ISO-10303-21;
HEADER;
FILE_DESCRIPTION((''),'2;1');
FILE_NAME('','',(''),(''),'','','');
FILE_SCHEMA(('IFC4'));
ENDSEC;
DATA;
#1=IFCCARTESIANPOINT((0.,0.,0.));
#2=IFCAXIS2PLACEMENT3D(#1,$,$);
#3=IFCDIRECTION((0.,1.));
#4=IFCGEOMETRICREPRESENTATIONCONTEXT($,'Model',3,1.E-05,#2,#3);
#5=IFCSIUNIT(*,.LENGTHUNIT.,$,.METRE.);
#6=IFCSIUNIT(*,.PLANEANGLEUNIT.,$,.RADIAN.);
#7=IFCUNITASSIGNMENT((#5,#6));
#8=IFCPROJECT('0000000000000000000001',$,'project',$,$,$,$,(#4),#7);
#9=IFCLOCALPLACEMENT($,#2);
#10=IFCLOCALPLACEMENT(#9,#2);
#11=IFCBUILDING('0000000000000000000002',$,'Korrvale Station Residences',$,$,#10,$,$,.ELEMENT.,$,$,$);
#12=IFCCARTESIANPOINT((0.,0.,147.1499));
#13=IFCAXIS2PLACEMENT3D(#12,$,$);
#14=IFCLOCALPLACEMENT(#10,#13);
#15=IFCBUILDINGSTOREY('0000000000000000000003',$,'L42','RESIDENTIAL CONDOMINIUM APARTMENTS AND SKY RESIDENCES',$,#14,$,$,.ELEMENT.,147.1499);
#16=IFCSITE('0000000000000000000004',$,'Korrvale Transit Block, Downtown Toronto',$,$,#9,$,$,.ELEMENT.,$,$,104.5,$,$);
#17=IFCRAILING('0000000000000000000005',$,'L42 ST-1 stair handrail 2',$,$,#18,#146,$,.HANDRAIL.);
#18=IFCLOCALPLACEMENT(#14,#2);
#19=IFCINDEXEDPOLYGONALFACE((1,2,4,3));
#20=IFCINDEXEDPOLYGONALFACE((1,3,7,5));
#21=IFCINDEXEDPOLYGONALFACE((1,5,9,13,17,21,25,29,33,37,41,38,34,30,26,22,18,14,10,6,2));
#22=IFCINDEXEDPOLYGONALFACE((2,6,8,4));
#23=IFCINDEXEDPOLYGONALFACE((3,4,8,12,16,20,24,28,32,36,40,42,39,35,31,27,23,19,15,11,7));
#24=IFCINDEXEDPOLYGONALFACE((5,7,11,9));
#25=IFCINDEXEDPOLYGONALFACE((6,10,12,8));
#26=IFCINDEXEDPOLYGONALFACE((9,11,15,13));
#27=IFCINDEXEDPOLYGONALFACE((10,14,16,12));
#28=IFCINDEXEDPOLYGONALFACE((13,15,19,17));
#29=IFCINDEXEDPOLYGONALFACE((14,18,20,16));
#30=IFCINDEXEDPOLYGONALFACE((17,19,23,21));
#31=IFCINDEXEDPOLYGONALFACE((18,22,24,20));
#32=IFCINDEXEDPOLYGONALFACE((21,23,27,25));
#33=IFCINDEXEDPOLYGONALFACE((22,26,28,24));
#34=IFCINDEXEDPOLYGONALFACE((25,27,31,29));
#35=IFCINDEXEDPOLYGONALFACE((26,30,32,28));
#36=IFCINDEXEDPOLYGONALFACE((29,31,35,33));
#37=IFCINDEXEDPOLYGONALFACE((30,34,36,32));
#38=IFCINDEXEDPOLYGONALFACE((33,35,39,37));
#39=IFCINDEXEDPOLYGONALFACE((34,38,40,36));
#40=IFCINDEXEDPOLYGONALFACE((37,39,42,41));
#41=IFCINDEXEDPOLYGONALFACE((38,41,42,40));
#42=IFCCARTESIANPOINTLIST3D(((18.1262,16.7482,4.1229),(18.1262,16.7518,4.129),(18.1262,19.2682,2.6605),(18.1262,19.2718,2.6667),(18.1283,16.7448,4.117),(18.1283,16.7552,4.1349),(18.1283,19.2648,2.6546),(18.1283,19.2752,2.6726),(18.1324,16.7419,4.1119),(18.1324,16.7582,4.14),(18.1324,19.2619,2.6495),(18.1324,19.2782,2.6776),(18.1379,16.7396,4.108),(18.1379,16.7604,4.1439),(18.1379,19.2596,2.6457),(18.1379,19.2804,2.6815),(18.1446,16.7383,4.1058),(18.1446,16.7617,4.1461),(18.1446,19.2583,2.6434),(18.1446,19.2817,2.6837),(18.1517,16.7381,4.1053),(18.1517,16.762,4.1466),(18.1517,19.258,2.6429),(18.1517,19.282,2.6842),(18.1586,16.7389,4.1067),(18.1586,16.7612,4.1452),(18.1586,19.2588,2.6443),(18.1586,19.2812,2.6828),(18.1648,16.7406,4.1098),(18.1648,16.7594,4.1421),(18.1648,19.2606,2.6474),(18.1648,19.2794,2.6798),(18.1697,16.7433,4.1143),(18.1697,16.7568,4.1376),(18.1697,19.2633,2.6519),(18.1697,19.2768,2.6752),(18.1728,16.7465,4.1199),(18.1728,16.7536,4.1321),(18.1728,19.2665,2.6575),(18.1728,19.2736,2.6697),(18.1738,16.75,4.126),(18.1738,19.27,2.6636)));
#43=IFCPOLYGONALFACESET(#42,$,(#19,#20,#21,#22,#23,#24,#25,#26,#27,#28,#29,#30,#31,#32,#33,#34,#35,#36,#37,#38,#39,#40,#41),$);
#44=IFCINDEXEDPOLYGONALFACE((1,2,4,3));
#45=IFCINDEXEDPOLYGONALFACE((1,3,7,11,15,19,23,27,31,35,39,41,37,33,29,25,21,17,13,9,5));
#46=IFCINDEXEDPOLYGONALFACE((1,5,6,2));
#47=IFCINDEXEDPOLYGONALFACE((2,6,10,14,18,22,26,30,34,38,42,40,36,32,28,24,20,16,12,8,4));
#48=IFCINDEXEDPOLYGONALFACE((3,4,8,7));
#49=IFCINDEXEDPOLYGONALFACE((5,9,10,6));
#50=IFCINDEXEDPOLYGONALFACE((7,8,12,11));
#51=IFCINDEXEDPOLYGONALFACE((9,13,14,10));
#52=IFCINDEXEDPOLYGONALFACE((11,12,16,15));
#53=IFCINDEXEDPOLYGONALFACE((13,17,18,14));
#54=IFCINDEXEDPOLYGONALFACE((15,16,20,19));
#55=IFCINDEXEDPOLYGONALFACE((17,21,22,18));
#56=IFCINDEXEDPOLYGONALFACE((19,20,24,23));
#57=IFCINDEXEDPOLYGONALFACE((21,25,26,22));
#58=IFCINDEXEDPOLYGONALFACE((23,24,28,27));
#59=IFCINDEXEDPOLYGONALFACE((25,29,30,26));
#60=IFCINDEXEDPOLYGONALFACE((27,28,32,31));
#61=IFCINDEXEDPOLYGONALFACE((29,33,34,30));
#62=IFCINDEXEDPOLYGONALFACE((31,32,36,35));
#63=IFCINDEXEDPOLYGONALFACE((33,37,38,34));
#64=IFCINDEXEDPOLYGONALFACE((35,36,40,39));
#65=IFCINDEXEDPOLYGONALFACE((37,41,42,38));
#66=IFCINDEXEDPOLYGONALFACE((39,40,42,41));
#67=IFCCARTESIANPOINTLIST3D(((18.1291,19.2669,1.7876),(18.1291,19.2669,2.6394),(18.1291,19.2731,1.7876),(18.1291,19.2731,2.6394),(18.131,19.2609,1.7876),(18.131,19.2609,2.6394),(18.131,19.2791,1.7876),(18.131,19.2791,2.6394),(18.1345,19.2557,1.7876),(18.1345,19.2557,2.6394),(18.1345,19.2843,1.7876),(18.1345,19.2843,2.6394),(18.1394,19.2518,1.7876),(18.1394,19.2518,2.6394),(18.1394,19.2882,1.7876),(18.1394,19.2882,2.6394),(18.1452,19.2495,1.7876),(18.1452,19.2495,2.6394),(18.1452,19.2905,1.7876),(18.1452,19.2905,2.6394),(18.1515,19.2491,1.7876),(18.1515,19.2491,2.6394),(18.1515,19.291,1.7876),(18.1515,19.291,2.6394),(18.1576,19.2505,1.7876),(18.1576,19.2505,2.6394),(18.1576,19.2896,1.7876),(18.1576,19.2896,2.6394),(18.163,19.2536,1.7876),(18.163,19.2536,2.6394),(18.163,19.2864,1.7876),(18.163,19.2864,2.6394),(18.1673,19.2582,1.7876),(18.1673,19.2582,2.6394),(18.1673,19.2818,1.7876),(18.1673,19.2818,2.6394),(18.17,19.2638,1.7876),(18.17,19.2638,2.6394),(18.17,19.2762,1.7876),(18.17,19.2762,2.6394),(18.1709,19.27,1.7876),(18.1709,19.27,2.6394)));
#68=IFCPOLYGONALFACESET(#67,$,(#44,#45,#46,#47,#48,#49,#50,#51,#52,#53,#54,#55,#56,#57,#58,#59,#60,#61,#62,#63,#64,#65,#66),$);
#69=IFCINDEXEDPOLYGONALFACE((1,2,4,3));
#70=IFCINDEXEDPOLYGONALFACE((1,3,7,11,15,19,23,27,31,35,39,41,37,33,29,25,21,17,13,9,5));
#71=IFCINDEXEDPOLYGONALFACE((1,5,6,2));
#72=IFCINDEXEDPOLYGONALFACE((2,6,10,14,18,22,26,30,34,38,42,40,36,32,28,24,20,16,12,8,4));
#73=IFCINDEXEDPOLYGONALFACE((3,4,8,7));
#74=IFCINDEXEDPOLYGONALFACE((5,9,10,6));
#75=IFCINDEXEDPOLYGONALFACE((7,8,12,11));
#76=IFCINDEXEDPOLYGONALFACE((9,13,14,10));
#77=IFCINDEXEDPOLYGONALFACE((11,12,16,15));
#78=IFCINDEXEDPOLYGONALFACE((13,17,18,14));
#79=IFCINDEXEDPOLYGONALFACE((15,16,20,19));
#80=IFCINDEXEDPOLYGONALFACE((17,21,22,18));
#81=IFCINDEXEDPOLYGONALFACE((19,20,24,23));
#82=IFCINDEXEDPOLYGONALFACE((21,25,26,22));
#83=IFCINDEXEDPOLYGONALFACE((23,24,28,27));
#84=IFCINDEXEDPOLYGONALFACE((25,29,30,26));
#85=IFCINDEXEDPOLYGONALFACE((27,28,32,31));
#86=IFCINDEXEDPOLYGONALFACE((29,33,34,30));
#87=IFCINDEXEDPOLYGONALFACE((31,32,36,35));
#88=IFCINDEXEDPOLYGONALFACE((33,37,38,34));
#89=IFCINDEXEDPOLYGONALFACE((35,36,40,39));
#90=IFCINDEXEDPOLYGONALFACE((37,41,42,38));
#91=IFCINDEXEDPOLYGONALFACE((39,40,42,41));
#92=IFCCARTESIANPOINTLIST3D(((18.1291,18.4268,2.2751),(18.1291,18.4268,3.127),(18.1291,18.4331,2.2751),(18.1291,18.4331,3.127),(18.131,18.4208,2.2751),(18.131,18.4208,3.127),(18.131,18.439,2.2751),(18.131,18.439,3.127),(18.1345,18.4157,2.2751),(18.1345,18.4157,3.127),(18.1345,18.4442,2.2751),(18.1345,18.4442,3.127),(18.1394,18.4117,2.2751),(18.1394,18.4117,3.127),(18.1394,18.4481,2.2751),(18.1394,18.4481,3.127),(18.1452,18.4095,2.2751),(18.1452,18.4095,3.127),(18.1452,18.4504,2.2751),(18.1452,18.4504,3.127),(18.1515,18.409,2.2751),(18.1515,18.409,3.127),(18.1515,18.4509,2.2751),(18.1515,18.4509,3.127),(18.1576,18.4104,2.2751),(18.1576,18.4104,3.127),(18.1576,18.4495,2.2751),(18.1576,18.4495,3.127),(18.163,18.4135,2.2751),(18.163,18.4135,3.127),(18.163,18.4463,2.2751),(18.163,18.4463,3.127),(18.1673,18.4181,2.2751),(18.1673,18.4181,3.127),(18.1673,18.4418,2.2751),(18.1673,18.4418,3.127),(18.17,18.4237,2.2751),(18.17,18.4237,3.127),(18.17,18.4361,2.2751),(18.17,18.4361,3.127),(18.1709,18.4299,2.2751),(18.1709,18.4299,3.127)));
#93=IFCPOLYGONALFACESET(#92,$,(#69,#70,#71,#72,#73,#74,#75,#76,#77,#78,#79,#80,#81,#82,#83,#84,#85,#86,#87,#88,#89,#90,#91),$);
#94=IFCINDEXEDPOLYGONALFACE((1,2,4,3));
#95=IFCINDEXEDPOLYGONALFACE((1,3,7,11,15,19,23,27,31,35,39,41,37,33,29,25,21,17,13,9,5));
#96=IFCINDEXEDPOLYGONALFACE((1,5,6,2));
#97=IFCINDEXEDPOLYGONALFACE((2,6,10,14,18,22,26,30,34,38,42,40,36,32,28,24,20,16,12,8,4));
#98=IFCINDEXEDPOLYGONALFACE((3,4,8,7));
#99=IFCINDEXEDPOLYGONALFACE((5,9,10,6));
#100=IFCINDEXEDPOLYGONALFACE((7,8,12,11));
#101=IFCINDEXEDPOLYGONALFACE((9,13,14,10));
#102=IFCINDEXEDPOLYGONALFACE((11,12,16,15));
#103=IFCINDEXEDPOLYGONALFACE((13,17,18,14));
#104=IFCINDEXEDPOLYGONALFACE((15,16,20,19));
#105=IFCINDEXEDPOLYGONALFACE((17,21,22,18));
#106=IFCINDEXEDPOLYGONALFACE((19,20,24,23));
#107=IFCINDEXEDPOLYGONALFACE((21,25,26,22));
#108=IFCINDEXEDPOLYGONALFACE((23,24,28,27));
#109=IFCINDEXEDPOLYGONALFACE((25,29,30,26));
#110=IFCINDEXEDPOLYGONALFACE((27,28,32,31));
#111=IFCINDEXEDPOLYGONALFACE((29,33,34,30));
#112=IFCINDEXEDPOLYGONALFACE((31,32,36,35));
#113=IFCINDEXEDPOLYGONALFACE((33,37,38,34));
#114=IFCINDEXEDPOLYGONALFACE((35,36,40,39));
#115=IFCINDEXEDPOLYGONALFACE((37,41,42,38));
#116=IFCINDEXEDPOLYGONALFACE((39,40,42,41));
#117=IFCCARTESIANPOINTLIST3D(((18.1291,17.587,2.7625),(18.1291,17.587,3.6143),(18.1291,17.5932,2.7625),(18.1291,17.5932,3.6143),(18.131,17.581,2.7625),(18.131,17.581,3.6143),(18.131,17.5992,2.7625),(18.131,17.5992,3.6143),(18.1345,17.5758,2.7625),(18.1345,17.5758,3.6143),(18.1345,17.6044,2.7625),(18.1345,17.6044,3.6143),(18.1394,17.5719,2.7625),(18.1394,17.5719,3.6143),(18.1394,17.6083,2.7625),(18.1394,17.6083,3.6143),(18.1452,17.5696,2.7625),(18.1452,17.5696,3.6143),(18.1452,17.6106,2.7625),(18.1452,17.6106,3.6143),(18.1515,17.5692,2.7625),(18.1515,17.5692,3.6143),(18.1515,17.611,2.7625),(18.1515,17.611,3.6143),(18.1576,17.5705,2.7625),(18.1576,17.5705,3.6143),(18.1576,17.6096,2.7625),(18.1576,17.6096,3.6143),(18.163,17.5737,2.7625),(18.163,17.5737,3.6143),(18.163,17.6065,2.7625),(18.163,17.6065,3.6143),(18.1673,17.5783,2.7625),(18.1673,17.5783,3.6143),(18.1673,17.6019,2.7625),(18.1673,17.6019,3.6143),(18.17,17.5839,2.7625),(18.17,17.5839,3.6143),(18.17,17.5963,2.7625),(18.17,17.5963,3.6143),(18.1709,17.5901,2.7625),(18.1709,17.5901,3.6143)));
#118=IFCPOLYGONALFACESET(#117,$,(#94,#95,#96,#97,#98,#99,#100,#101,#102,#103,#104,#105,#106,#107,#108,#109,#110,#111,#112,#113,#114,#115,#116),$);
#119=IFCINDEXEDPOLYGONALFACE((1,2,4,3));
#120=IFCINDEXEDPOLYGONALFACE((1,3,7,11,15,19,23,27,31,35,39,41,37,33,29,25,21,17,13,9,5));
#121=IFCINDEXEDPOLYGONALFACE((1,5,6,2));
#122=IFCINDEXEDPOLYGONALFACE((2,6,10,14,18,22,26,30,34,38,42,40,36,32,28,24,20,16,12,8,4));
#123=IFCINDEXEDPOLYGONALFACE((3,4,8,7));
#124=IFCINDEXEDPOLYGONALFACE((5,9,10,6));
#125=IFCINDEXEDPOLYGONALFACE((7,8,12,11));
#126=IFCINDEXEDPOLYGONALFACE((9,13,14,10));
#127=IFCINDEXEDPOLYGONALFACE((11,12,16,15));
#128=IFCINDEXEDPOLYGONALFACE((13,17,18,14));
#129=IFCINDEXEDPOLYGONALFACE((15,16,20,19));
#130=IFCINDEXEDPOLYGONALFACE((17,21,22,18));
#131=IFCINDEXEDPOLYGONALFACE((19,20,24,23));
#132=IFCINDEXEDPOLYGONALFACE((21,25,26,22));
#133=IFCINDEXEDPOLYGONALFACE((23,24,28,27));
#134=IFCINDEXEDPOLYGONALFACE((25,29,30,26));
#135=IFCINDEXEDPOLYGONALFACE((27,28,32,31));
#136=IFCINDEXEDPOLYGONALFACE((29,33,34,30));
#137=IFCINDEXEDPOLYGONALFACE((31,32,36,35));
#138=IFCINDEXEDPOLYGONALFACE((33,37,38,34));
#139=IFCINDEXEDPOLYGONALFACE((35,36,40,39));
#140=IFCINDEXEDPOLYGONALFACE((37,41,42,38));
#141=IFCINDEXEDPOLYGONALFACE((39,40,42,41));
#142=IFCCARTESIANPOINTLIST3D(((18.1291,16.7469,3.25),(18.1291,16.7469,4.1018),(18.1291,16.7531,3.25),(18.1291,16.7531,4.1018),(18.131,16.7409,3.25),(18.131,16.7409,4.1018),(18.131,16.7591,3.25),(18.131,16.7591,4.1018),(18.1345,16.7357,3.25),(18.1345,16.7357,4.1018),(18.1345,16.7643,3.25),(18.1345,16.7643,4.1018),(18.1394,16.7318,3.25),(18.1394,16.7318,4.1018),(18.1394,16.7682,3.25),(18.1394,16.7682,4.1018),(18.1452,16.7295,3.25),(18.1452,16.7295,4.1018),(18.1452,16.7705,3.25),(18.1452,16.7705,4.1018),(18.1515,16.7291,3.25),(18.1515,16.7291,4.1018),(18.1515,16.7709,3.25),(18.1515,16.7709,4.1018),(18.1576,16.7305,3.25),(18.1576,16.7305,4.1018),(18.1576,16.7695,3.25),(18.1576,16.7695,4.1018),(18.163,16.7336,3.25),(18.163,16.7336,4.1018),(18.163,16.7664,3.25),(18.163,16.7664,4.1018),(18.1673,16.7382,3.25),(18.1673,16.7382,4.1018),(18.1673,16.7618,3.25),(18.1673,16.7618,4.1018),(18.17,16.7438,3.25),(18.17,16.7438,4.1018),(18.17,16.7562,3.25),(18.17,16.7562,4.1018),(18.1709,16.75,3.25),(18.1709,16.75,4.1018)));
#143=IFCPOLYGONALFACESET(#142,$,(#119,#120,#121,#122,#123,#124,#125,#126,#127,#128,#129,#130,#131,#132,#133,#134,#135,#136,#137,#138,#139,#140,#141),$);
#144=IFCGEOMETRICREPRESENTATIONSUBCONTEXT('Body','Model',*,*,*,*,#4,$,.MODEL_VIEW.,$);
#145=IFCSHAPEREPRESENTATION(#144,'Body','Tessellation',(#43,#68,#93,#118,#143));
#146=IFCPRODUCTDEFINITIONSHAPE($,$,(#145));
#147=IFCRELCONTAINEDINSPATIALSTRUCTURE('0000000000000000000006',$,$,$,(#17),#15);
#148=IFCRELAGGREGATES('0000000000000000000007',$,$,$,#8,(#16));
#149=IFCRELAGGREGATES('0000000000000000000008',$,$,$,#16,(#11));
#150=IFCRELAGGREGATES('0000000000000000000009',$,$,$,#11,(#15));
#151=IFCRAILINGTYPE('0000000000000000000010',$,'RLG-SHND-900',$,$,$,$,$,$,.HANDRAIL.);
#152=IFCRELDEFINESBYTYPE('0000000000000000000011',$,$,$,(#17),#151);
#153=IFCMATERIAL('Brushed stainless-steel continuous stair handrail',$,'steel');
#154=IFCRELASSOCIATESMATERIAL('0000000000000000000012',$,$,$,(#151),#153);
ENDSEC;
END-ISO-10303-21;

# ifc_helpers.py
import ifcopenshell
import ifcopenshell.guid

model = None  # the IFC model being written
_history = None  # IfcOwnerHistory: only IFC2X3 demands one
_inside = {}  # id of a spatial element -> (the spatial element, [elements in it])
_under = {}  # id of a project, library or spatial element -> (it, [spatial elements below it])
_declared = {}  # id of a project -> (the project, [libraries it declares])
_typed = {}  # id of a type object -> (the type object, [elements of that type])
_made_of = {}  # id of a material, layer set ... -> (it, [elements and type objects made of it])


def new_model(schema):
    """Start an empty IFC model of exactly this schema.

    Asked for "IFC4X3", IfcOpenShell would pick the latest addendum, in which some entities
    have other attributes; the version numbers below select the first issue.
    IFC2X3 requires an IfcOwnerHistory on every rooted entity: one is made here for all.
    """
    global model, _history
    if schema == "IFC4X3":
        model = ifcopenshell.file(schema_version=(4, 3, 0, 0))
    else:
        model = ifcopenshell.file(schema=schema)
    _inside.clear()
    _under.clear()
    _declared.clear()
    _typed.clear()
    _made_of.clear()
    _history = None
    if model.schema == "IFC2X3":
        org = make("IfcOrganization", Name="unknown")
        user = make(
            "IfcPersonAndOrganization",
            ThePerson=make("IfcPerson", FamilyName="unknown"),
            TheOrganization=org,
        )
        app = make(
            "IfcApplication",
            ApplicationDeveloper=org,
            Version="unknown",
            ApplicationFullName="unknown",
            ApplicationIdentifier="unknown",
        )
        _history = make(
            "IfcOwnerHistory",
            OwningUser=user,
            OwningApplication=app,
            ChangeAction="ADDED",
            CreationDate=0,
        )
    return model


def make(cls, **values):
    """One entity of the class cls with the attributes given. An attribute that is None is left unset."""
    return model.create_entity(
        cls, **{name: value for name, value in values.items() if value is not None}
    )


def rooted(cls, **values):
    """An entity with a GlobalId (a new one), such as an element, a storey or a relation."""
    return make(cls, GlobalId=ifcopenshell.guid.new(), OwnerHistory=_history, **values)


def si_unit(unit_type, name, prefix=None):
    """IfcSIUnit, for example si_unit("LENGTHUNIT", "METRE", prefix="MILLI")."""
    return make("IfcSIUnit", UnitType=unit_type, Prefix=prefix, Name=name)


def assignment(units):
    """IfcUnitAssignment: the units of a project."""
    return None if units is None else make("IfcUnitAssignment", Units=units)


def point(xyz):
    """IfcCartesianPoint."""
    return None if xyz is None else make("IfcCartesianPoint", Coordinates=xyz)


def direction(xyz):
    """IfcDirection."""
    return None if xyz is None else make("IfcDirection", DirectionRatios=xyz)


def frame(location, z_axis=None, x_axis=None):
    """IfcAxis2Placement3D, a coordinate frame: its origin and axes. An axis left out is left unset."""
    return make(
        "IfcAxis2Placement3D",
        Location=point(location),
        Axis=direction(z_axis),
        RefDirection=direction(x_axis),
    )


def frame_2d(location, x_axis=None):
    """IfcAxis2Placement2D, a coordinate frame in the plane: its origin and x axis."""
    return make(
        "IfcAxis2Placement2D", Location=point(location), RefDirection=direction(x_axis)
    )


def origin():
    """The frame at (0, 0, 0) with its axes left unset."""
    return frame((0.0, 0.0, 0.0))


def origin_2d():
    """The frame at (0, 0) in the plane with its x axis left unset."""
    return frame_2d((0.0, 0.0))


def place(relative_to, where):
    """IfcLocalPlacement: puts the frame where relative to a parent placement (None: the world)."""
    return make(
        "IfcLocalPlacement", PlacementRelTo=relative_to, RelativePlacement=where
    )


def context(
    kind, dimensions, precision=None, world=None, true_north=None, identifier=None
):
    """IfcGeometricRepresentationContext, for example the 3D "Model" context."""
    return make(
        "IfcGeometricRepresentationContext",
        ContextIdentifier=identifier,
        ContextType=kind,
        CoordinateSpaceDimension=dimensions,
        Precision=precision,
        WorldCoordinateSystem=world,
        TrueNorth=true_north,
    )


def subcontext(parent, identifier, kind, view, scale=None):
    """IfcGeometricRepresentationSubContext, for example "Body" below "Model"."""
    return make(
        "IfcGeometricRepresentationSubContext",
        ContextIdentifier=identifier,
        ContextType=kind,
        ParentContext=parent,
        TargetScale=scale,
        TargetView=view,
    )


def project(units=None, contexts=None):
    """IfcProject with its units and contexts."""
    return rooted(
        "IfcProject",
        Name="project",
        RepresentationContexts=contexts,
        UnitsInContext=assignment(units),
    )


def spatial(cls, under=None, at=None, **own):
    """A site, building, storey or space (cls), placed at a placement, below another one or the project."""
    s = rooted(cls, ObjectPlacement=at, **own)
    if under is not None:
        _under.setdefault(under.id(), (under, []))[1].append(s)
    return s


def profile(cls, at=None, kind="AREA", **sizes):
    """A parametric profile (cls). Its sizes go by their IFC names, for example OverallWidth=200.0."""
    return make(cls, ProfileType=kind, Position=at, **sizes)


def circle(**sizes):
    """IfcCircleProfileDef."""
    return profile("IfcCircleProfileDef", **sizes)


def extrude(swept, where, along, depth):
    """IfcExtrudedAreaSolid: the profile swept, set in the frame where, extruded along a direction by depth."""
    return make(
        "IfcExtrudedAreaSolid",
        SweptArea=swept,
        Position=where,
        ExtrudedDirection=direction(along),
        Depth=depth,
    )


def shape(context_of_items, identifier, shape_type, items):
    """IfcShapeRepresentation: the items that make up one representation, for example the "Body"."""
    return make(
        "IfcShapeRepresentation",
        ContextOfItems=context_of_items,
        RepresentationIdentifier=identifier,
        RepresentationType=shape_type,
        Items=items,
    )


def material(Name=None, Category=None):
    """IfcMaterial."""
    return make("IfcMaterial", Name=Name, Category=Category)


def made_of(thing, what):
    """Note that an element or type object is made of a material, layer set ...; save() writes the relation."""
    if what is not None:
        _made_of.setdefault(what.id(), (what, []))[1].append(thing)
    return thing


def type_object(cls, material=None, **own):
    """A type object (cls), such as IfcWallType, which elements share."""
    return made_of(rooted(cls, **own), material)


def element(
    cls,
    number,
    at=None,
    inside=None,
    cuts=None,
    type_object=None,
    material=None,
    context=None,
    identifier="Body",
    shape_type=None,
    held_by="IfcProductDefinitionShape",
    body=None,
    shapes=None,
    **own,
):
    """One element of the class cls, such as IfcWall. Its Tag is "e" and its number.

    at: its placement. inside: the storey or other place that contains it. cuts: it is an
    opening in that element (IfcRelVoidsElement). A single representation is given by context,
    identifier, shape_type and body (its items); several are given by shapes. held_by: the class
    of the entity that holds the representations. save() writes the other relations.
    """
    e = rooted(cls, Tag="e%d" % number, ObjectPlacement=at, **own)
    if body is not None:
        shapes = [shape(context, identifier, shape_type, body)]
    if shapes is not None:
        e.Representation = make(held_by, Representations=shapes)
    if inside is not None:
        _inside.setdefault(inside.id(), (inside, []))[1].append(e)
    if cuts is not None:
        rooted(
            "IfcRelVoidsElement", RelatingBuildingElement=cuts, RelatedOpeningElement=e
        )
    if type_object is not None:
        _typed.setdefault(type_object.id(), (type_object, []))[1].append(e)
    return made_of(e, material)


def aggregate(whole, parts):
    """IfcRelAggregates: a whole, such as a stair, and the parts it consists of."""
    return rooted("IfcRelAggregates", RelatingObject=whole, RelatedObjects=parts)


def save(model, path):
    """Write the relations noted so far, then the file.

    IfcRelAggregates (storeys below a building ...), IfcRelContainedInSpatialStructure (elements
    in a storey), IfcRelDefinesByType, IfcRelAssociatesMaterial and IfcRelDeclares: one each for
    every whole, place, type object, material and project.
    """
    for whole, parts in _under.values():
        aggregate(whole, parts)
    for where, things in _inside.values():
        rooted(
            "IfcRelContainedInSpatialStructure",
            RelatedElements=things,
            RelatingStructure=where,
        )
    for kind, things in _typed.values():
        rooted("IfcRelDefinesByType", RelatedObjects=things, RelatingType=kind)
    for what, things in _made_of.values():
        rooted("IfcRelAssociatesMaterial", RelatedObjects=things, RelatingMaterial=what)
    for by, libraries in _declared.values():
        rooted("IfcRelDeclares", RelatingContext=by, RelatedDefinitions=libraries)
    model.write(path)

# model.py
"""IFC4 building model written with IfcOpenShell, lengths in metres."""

from ifc_helpers import new_model, si_unit, direction, frame, origin, origin_2d, place, context, subcontext, project, spatial, circle, extrude, material, type_object, element, save


model = new_model("IFC4")

# Units and contexts
model_context = context("Model", 3, precision=1e-05, world=origin(), true_north=direction((0.0, 1.0)))
body_context = subcontext(model_context, "Body", "Model", "MODEL_VIEW")
ifc_project = project(units=[si_unit("LENGTHUNIT", "METRE"), si_unit("PLANEANGLEUNIT", "RADIAN")], contexts=[model_context])

# Site, building, storey
site_placement = place(None, origin())
site = spatial("IfcSite", under=ifc_project, at=site_placement, Name="Korrvale Transit Block, Downtown Toronto", CompositionType="ELEMENT", RefElevation=104.5)
building_placement = place(site_placement, origin())
building = spatial("IfcBuilding", under=site, at=building_placement, Name="Korrvale Station Residences", CompositionType="ELEMENT")
storey_placement = place(building_placement, frame((0.0, 0.0, 147.1499)))
storey = spatial("IfcBuildingStorey", under=building, at=storey_placement, Name="L42", Description="RESIDENTIAL CONDOMINIUM APARTMENTS AND SKY RESIDENCES", CompositionType="ELEMENT", Elevation=147.1499)

# Railing
ifc_material_1 = material(Name="Brushed stainless-steel continuous stair handrail", Category="steel")
railing_type_1 = type_object("IfcRailingType", Name="RLG-SHND-900", PredefinedType="HANDRAIL", material=ifc_material_1)
railing_1_placement = place(storey_placement, frame((18.1499, 19.27, 1.7876)))
element("IfcRailing", 1, at=railing_1_placement, inside=storey, type_object=railing_type_1, Name="L42 ST-1 stair handrail 2", PredefinedType="HANDRAIL", context=body_context, shape_type="SweptSolid", body=[
    extrude(circle(Radius=0.0239, at=origin_2d()), frame((0.0, 0.0, 0.876), z_axis=(0.0, -0.864913, 0.501921), x_axis=(1.0, 0.0, 0.0)), (0.0, 0.0, 1.0), 2.9136),
    extrude(circle(Radius=0.021, at=origin_2d()), origin(), (0.0, 0.0, 1.0), 0.8518),
    extrude(circle(Radius=0.021, at=origin_2d()), frame((0.0, -0.8401, 0.4875)), (0.0, 0.0, 1.0), 0.8518),
    extrude(circle(Radius=0.021, at=origin_2d()), frame((0.0, -1.6799, 0.9749)), (0.0, 0.0, 1.0), 0.8518),
    extrude(circle(Radius=0.021, at=origin_2d()), frame((0.0, -2.52, 1.4624)), (0.0, 0.0, 1.0), 0.8518),
])

save(model, "model.ifc")
